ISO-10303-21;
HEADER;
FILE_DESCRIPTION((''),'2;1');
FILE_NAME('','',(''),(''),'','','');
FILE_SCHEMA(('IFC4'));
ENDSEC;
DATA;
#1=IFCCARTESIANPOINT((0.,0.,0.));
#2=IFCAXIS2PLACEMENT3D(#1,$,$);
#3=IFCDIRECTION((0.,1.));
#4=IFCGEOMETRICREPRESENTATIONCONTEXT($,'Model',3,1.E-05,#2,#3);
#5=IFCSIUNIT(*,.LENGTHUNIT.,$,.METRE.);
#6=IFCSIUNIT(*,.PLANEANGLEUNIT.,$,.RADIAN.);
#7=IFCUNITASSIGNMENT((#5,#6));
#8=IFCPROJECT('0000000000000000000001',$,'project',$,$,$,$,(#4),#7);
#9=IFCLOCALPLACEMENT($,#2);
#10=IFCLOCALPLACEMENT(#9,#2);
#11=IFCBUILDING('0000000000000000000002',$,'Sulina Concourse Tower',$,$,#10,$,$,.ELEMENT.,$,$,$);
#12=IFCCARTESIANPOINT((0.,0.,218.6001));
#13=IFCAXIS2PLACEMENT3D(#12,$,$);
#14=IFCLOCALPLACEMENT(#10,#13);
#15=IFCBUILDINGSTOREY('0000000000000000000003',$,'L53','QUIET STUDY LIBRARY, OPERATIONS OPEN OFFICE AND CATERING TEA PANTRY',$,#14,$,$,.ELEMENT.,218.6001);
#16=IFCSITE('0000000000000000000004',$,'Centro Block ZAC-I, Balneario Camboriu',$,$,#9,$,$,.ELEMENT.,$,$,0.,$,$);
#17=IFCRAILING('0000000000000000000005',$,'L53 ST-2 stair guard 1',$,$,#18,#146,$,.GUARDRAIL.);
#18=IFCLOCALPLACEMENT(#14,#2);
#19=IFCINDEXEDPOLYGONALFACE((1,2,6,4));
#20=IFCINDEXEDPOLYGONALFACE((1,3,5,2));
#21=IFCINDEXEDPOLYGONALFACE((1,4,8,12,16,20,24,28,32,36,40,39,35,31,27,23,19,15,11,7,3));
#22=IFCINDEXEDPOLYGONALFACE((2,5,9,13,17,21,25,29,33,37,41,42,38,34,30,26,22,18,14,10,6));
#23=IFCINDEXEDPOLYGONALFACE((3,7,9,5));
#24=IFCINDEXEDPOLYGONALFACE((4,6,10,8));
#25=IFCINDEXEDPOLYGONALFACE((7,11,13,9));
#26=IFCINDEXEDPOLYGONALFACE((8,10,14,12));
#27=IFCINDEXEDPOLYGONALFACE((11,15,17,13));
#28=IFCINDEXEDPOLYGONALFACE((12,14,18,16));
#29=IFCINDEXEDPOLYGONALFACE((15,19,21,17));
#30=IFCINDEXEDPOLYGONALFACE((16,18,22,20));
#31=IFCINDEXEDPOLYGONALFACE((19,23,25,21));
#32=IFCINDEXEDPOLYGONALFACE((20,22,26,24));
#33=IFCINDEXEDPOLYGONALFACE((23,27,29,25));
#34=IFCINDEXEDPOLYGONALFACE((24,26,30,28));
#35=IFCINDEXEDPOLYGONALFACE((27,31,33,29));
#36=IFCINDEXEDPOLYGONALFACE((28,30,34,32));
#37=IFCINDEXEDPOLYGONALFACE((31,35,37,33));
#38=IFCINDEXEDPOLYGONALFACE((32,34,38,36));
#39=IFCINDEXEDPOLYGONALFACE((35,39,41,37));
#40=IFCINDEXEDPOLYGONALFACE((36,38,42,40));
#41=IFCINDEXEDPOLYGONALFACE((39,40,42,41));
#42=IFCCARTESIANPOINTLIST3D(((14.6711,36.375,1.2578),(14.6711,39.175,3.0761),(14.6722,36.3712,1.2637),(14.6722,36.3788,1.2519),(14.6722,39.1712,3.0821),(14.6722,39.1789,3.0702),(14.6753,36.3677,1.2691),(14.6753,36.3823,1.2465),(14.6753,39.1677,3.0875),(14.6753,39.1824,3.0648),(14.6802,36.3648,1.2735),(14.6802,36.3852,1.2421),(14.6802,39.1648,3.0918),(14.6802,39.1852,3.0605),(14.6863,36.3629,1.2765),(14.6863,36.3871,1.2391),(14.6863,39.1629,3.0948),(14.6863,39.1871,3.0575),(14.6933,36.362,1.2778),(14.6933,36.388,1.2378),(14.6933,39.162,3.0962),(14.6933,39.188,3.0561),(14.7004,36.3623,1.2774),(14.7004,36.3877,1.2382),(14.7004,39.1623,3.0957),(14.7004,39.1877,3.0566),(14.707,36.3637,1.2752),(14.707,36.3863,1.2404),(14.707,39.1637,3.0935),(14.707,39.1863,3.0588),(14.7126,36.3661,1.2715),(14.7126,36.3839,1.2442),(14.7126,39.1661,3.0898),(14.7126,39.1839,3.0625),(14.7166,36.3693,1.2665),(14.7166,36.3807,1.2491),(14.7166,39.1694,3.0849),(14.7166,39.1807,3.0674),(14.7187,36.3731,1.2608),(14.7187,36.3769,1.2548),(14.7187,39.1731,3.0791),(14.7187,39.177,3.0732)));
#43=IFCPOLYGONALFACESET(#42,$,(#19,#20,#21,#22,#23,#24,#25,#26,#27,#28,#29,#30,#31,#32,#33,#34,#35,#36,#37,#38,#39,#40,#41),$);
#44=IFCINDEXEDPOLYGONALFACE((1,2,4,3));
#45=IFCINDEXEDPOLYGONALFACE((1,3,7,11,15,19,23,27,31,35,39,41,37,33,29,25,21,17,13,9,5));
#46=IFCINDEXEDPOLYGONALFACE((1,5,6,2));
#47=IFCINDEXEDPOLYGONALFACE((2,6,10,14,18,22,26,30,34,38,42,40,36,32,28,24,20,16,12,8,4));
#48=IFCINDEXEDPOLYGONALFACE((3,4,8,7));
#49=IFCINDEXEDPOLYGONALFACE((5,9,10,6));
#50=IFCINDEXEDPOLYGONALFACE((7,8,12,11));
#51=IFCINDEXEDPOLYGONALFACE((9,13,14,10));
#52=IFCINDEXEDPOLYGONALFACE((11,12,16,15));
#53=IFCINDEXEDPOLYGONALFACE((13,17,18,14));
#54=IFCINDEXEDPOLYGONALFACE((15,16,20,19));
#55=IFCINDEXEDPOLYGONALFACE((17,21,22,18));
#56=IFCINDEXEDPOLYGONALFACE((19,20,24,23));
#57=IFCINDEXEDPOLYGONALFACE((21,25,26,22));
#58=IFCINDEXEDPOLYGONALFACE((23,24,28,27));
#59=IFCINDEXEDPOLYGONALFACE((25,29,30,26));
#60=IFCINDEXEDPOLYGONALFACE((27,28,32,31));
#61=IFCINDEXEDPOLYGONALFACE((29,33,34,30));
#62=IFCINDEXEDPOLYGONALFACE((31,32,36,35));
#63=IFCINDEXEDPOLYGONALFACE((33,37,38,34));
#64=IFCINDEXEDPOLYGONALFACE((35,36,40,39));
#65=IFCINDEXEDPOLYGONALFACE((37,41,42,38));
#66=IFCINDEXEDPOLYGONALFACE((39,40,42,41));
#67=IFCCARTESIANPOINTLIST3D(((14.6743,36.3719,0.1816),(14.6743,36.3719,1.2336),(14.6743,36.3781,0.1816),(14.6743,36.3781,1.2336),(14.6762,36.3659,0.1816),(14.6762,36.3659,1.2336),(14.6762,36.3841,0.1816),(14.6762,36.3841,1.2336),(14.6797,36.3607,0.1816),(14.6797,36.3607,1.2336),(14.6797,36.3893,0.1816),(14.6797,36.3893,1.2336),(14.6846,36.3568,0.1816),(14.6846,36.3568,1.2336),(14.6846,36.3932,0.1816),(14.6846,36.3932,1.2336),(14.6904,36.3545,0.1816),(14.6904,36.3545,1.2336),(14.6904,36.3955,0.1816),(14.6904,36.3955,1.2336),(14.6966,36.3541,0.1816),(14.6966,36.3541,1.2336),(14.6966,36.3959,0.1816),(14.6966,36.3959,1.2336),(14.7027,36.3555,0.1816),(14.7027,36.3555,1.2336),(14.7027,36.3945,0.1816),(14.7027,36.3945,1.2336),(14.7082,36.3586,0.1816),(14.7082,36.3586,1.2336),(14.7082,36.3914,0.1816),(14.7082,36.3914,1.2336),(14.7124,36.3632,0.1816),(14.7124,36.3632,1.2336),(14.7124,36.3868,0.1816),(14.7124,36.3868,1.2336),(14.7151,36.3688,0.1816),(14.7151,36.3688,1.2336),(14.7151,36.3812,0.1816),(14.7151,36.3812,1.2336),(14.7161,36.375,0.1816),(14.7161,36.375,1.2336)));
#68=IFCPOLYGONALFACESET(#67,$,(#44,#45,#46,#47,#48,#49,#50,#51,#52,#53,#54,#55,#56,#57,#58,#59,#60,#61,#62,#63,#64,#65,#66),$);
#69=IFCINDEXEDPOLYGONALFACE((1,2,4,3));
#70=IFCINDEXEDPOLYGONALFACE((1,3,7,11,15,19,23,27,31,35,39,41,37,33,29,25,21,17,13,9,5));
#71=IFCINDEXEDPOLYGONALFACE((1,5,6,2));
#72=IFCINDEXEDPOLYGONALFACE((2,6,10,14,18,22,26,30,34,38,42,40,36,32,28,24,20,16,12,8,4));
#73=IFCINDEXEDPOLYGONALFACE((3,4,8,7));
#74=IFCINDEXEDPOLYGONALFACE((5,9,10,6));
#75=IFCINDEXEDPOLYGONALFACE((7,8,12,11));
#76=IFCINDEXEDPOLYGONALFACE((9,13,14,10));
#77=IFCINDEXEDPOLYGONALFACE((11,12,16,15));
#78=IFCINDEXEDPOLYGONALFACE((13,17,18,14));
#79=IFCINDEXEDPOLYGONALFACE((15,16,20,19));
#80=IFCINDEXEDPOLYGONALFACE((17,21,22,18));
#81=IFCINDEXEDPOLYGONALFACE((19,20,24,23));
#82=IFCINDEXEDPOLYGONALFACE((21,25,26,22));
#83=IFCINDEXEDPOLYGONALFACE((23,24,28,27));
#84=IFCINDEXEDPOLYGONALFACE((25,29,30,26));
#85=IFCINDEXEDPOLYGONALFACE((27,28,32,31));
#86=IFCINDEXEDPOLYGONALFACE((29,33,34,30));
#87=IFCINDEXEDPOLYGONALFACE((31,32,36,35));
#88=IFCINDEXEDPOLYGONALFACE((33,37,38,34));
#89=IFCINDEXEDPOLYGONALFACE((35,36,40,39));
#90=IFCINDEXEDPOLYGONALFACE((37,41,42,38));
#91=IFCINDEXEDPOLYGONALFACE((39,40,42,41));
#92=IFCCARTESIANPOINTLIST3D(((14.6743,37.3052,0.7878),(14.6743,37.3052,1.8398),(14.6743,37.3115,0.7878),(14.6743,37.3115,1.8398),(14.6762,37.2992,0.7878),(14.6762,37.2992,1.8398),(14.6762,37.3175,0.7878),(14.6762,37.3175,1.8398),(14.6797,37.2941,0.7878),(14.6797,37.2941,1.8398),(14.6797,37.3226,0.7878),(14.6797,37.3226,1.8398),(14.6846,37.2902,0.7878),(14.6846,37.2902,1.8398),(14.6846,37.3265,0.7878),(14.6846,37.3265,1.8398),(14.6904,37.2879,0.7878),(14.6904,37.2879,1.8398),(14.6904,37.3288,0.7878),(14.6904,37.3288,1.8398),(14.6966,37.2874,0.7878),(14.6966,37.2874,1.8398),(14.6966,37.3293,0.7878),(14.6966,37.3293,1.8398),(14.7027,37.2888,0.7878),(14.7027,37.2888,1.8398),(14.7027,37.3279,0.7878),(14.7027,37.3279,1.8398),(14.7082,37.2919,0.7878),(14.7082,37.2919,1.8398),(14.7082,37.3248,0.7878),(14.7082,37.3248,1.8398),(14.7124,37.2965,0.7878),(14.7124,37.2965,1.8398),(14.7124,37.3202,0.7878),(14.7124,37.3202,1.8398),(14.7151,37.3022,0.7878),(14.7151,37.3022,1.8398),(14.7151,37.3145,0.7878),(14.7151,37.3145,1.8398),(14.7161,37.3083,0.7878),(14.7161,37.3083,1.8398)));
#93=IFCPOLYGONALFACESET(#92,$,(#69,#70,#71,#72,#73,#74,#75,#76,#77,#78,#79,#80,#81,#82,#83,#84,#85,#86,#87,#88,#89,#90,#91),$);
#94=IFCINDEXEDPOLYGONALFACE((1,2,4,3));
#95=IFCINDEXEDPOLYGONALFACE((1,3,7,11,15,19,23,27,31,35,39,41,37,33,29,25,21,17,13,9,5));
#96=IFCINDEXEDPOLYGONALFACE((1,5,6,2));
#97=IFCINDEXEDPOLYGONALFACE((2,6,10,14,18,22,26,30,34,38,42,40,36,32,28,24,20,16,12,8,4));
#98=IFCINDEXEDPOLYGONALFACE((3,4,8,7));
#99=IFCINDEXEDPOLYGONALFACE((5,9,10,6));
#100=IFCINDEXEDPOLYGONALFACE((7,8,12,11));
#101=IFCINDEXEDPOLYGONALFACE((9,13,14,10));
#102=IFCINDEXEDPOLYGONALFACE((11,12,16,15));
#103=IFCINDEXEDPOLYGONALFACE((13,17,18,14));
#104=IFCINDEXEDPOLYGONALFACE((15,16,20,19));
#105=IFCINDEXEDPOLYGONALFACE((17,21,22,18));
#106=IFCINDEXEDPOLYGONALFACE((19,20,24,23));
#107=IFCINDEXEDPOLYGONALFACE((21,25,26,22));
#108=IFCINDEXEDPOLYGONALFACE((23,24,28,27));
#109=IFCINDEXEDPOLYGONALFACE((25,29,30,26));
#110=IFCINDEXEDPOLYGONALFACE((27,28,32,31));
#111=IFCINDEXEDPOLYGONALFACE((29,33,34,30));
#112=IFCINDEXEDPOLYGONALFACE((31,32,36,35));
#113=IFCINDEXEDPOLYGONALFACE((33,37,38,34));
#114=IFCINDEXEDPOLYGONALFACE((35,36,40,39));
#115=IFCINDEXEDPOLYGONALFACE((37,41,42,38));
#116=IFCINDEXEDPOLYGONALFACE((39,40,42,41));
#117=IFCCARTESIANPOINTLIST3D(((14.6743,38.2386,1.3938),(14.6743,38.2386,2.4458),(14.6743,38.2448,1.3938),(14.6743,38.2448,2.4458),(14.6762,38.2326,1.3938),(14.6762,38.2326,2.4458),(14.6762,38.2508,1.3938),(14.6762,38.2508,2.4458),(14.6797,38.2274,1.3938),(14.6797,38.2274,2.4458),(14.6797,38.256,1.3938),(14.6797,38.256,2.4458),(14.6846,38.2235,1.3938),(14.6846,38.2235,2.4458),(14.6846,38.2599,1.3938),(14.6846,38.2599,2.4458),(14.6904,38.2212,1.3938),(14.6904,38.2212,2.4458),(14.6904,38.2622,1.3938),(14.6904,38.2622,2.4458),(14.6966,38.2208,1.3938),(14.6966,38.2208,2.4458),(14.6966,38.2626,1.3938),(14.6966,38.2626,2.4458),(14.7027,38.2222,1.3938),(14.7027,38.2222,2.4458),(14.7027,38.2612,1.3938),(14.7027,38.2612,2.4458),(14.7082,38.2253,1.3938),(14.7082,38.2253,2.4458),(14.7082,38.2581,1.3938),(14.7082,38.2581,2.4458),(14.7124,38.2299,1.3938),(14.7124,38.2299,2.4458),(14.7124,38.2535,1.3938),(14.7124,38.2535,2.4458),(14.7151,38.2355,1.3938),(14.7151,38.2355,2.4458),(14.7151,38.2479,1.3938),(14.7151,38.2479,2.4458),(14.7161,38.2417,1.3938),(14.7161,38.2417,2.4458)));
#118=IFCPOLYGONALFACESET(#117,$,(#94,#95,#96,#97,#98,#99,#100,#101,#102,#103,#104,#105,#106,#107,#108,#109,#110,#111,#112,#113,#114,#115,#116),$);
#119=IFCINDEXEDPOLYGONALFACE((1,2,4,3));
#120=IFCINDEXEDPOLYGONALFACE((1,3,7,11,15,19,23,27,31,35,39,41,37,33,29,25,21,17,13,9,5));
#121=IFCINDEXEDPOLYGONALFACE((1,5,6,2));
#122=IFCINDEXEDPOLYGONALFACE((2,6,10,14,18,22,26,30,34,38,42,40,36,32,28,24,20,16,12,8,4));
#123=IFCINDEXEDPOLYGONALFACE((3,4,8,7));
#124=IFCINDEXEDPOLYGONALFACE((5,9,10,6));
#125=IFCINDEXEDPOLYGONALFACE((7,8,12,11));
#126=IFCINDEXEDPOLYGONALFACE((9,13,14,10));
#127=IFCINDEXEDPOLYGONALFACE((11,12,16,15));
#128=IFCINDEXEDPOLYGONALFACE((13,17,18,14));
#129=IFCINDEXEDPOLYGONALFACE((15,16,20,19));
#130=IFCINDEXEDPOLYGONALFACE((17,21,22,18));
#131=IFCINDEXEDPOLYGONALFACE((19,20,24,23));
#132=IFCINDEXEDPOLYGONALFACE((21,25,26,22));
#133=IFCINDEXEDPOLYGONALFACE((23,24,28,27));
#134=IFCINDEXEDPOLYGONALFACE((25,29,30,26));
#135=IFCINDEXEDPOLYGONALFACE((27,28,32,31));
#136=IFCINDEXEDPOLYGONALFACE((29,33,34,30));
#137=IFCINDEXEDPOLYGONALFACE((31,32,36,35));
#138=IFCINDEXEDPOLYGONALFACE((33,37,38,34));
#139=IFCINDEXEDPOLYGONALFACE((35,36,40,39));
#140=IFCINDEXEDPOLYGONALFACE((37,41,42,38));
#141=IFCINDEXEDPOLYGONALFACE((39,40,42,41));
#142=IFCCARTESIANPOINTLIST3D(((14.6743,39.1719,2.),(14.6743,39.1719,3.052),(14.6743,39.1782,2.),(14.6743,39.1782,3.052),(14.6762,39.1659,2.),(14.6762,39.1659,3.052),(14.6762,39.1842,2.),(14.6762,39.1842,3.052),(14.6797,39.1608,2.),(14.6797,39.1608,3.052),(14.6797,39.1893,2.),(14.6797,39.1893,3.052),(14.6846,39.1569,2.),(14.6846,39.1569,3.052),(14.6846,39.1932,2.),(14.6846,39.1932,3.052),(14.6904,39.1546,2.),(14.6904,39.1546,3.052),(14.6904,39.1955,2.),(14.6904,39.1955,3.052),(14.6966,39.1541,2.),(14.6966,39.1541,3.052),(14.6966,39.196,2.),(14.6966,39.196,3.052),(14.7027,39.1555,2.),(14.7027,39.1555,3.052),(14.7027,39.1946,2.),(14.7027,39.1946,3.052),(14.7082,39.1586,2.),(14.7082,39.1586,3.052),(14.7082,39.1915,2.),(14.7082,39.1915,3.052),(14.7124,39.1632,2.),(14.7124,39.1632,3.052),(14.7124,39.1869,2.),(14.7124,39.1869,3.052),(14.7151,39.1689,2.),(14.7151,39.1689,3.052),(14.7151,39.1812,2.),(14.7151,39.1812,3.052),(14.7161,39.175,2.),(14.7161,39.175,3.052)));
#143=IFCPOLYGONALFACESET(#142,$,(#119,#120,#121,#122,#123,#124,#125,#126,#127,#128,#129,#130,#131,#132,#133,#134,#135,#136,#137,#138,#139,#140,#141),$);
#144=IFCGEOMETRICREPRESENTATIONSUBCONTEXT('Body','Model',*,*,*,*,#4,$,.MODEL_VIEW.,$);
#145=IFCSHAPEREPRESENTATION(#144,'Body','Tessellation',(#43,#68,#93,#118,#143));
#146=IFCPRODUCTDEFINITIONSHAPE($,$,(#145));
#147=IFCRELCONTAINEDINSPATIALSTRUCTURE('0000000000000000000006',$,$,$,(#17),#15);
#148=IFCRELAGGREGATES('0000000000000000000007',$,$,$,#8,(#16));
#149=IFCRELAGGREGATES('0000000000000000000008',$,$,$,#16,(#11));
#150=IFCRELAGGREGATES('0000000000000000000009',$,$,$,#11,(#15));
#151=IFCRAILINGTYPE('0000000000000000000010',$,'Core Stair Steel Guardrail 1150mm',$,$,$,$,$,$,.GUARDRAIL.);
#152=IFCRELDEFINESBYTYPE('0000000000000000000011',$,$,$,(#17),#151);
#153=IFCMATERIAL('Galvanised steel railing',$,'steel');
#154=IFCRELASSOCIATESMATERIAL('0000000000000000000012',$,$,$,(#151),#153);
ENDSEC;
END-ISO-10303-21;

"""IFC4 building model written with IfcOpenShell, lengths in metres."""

from ifc_helpers import new_model, si_unit, direction, frame, origin, origin_2d, place, context, subcontext, project, spatial, circle, extrude, material, type_object, element, save


model = new_model("IFC4")

# Units and contexts
model_context = context("Model", 3, precision=1e-05, world=origin(), true_north=direction((0.0, 1.0)))
body_context = subcontext(model_context, "Body", "Model", "MODEL_VIEW")
ifc_project = project(units=[si_unit("LENGTHUNIT", "METRE"), si_unit("PLANEANGLEUNIT", "RADIAN")], contexts=[model_context])

# Site, building, storey
site_placement = place(None, origin())
site = spatial("IfcSite", under=ifc_project, at=site_placement, Name="Centro Block ZAC-I, Balneario Camboriu", CompositionType="ELEMENT", RefElevation=0.0)
building_placement = place(site_placement, origin())
building = spatial("IfcBuilding", under=site, at=building_placement, Name="Sulina Concourse Tower", CompositionType="ELEMENT")
storey_placement = place(building_placement, frame((0.0, 0.0, 218.6001)))
storey = spatial("IfcBuildingStorey", under=building, at=storey_placement, Name="L53", Description="QUIET STUDY LIBRARY, OPERATIONS OPEN OFFICE AND CATERING TEA PANTRY", CompositionType="ELEMENT", Elevation=218.6001)

# Railing
ifc_material_1 = material(Name="Galvanised steel railing", Category="steel")
railing_type_1 = type_object("IfcRailingType", Name="Core Stair Steel Guardrail 1150mm", PredefinedType="GUARDRAIL", material=ifc_material_1)
railing_1_placement = place(storey_placement, frame((14.6951, 36.375, 0.1816)))
element("IfcRailing", 1, at=railing_1_placement, inside=storey, type_object=railing_type_1, Name="L53 ST-2 stair guard 1", PredefinedType="GUARDRAIL", context=body_context, shape_type="SweptSolid", body=[
    extrude(circle(Radius=0.0239, at=origin_2d()), frame((0.0, 0.0, 1.0762), z_axis=(0.0, 0.838672, 0.544636), x_axis=(-1.0, 0.0, 0.0)), (0.0, 0.0, 1.0), 3.3386),
    extrude(circle(Radius=0.021, at=origin_2d()), origin(), (0.0, 0.0, 1.0), 1.052),
    extrude(circle(Radius=0.021, at=origin_2d()), frame((0.0, 0.9333, 0.6062)), (0.0, 0.0, 1.0), 1.052),
    extrude(circle(Radius=0.021, at=origin_2d()), frame((0.0, 1.8667, 1.2122)), (0.0, 0.0, 1.0), 1.052),
    extrude(circle(Radius=0.021, at=origin_2d()), frame((0.0, 2.8, 1.8184)), (0.0, 0.0, 1.0), 1.052),
])

save(model, "model.ifc")
